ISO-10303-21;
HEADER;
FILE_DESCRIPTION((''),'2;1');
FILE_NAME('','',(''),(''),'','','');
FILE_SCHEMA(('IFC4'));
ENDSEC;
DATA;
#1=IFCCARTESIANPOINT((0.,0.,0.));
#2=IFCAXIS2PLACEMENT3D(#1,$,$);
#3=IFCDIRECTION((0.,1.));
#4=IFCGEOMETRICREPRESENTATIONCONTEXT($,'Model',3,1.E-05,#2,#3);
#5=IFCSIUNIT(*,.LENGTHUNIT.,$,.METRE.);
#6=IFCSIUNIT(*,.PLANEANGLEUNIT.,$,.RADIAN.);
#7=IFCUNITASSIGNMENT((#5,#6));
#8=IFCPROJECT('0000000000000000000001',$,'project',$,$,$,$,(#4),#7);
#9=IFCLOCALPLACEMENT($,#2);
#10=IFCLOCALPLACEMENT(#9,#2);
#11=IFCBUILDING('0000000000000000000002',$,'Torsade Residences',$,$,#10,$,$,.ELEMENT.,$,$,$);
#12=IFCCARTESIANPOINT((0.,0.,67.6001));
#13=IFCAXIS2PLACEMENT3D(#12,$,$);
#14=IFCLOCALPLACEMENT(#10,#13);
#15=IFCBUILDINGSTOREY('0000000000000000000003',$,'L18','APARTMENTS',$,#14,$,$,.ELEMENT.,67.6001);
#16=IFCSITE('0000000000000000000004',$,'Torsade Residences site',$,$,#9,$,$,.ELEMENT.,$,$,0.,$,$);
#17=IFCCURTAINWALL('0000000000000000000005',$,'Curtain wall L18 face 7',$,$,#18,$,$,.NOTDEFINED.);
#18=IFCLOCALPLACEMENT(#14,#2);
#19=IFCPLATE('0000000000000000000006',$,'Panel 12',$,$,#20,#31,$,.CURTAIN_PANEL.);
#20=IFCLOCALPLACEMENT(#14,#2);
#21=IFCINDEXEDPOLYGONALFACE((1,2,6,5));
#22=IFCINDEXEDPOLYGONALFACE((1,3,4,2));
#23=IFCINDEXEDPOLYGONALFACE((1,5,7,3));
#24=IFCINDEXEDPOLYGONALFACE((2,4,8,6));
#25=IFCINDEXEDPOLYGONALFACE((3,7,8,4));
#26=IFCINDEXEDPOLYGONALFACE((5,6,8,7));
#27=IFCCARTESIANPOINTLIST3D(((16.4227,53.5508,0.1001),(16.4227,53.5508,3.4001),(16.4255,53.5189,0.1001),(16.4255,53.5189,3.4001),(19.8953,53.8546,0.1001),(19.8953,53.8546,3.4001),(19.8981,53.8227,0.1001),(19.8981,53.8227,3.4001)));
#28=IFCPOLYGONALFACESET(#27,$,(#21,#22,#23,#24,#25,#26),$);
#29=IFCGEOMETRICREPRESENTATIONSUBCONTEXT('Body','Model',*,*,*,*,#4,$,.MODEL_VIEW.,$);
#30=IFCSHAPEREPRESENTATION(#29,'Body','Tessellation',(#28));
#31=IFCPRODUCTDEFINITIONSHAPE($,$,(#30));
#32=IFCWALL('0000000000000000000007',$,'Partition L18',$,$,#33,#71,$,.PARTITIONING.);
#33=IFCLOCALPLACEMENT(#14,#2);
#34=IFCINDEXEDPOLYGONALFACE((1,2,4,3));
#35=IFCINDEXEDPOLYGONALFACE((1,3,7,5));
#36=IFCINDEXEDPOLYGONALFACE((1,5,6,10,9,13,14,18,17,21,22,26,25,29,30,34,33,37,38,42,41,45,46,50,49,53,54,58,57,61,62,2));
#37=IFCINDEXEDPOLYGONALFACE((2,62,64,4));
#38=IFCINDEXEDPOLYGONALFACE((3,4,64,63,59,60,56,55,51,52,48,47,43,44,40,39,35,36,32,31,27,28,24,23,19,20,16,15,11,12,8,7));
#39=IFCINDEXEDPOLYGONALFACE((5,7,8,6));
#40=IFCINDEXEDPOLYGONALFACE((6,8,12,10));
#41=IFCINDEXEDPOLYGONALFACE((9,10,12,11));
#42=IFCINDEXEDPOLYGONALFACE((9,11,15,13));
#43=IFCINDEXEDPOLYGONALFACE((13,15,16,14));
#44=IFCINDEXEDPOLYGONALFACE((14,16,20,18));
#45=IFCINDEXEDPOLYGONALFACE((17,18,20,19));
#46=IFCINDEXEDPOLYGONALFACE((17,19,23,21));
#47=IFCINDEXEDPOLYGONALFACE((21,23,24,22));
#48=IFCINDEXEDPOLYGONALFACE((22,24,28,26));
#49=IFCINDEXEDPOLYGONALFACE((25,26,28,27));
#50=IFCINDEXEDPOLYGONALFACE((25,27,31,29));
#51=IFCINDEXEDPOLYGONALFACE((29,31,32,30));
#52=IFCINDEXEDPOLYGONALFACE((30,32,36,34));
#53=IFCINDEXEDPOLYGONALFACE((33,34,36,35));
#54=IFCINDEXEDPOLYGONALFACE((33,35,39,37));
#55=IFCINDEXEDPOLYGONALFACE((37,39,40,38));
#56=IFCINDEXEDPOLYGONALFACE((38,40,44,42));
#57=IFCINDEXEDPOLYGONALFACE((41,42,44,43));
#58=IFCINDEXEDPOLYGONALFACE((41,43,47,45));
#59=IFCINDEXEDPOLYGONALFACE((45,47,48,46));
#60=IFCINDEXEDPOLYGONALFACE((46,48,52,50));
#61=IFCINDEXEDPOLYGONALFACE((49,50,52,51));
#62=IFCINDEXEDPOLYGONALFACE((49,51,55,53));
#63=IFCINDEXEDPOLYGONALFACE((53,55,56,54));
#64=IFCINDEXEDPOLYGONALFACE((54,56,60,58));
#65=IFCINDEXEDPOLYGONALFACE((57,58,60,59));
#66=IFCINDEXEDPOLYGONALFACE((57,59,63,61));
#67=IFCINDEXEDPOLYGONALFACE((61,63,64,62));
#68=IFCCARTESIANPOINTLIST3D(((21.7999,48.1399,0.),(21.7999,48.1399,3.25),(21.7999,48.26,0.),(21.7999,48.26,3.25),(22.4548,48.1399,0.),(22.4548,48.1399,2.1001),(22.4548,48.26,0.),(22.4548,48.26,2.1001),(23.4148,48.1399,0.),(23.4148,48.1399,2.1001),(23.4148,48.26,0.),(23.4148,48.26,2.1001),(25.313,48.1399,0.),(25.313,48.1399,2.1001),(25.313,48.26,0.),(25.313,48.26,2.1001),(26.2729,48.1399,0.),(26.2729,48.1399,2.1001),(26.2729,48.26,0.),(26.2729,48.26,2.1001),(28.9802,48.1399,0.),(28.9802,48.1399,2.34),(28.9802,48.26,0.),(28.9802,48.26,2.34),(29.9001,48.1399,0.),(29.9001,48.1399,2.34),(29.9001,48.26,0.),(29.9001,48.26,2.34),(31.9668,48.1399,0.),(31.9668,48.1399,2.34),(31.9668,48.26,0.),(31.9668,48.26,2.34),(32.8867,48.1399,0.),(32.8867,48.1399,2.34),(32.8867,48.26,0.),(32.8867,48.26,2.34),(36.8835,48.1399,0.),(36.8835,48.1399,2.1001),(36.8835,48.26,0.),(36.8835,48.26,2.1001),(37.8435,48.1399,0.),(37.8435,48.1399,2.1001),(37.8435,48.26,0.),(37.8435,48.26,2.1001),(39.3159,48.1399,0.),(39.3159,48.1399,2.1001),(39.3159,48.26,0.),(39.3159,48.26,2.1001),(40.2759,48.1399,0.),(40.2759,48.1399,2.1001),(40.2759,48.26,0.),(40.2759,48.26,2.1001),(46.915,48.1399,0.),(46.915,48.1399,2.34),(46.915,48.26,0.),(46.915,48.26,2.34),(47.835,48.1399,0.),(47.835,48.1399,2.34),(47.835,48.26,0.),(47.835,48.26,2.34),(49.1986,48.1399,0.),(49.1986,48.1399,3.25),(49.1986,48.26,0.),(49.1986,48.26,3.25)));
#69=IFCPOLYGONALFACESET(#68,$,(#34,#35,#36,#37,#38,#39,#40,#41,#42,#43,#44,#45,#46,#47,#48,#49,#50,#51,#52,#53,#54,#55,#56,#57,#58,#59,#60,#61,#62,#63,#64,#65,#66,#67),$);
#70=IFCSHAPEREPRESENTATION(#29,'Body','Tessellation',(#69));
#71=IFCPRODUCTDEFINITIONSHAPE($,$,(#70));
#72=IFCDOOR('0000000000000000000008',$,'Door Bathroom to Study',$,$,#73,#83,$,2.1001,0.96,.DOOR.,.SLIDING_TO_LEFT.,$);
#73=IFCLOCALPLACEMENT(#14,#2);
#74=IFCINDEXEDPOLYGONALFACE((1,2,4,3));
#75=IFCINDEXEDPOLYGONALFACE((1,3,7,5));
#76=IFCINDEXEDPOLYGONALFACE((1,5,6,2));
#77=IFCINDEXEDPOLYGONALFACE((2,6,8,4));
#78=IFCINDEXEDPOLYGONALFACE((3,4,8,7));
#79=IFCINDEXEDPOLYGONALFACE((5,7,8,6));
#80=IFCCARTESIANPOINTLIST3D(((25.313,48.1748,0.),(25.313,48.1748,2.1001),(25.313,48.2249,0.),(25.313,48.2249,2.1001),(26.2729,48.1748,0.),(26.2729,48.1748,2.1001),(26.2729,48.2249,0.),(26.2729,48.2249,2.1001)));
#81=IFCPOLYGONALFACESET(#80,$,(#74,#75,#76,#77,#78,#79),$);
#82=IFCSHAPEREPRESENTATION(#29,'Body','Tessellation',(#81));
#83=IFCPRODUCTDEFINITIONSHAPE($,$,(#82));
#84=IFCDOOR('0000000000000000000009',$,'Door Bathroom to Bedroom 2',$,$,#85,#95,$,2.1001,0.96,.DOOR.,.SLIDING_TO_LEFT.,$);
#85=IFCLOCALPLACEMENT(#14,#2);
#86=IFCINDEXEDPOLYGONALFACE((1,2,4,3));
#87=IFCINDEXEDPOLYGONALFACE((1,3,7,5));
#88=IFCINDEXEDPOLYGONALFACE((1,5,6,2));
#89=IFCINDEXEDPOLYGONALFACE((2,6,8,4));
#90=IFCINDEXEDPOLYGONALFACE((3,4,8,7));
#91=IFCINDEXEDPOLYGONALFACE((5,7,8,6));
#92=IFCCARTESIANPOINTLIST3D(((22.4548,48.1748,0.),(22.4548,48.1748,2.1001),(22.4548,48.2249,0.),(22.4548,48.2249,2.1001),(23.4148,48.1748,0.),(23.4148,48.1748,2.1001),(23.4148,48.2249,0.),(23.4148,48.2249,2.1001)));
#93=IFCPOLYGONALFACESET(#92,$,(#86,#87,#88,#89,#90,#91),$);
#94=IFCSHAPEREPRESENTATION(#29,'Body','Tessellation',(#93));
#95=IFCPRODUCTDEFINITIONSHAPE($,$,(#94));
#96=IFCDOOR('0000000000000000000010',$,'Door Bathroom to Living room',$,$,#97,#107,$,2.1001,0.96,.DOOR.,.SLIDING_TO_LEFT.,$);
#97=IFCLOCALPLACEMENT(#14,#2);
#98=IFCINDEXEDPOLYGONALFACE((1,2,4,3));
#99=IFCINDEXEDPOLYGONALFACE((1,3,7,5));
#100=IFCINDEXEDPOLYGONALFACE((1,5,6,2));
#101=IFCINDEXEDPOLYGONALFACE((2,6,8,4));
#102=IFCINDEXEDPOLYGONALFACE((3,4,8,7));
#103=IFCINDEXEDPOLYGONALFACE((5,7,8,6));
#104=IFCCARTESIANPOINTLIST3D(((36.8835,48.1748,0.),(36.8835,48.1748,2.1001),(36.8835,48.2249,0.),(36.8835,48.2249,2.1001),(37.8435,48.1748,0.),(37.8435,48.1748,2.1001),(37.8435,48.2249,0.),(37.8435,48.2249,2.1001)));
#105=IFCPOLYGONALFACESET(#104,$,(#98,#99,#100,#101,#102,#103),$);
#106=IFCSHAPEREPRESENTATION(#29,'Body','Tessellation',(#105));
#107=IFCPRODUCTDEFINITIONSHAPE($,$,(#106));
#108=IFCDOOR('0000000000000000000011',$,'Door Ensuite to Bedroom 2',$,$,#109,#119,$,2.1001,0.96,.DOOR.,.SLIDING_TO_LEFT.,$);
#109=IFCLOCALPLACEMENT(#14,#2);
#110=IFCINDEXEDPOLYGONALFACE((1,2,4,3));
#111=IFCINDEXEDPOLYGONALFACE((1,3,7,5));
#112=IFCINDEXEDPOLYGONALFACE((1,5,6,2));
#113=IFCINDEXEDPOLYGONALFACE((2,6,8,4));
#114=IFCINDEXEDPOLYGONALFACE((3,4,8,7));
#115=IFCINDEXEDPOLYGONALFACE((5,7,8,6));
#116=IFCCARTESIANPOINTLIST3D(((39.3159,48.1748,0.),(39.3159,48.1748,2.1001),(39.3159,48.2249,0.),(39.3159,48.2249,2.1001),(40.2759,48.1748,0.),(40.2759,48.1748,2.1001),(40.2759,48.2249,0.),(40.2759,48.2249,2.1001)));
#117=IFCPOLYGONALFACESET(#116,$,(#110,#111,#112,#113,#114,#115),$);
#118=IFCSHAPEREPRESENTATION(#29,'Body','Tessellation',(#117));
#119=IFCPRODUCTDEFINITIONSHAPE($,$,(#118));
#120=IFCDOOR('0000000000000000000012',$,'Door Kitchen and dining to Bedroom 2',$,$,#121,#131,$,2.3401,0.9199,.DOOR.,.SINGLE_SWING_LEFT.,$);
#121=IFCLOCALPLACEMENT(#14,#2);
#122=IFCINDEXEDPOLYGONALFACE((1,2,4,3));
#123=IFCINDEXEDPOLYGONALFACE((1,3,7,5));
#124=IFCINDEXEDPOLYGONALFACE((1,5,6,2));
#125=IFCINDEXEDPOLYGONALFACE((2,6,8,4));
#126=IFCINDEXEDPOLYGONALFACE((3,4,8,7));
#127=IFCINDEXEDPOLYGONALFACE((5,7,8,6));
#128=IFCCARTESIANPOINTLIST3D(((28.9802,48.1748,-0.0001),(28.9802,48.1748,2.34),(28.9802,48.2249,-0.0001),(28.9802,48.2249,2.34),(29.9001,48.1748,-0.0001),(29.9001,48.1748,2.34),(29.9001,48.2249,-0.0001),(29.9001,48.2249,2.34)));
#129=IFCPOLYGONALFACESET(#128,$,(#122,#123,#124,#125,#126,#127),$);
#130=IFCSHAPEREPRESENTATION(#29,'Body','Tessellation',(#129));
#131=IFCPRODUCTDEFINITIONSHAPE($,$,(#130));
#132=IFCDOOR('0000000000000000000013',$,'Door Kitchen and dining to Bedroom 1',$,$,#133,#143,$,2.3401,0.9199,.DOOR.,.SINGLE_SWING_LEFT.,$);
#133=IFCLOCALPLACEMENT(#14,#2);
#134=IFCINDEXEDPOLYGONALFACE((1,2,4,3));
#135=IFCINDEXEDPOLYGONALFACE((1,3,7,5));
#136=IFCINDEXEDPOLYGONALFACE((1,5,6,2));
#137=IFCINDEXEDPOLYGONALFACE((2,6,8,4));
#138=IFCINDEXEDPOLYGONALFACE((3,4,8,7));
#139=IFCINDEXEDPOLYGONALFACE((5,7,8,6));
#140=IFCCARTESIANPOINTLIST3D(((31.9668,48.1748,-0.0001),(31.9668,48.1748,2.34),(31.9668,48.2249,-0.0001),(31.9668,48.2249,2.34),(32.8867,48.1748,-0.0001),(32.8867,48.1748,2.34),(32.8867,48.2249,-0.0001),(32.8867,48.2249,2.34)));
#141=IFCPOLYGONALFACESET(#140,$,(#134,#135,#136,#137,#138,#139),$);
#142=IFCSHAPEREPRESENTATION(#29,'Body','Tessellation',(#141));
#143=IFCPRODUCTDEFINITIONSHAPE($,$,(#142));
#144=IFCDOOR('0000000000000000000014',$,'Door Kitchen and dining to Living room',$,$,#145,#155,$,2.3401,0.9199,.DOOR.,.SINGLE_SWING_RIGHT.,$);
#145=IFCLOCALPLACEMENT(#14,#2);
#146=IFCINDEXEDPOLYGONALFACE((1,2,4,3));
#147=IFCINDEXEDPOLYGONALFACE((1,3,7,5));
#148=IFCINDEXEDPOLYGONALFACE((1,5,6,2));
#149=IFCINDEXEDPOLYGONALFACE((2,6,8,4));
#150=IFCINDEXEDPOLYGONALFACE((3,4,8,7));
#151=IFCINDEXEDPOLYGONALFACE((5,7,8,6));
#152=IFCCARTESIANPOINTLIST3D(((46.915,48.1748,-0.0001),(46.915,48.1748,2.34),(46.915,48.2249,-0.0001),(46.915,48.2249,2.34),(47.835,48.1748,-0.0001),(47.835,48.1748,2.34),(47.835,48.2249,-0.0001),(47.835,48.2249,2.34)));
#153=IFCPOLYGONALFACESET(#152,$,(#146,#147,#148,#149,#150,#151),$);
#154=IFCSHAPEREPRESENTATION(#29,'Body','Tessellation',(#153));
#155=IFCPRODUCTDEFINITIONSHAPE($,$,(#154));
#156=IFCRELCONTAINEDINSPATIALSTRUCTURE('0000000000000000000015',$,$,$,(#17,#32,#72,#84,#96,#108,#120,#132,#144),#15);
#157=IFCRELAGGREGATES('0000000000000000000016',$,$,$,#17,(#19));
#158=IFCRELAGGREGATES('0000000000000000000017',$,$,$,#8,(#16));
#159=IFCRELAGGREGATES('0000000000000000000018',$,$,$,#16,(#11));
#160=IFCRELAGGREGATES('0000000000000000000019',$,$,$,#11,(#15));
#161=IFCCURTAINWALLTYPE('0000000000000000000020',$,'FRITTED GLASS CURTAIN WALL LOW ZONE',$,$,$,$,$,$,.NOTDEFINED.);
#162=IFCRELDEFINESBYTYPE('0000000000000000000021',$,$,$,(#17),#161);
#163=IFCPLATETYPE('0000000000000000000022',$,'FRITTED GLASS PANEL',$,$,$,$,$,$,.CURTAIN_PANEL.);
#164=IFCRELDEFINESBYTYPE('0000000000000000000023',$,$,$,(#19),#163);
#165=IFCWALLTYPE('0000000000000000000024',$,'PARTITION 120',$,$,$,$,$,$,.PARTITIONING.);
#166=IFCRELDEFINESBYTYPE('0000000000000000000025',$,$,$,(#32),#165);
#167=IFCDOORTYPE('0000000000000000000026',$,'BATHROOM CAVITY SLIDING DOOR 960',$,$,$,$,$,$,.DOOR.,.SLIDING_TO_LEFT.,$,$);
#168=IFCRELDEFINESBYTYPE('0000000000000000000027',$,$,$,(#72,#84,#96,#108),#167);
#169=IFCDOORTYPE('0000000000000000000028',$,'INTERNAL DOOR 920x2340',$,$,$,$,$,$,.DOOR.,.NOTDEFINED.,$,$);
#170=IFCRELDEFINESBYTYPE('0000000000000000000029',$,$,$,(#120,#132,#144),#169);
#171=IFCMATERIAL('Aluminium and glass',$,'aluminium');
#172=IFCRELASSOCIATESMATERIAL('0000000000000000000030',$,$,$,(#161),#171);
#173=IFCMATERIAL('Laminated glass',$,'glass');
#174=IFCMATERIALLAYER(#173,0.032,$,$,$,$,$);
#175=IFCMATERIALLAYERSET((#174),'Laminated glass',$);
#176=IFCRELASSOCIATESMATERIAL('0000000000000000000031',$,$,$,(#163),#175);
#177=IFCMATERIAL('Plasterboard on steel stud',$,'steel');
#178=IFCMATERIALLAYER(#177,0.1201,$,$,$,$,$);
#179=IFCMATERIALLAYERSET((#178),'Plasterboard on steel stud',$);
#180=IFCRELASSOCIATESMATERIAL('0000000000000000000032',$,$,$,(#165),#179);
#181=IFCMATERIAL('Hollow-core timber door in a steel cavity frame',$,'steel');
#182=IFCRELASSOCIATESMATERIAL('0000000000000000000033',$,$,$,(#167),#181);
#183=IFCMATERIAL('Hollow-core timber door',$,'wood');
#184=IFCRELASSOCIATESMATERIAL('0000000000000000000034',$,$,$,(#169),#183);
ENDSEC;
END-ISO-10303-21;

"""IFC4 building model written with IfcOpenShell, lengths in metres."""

from ifc_helpers import new_model, si_unit, direction, frame, frame_2d, origin, origin_2d, place, context, subcontext, project, spatial, rectangle, extrude, material, layer, layer_set, type_object, element, fill, aggregate, save


model = new_model("IFC4")

# Units and contexts
model_context = context("Model", 3, precision=1e-05, world=origin(), true_north=direction((0.0, 1.0)))
body_context = subcontext(model_context, "Body", "Model", "MODEL_VIEW")
ifc_project = project(units=[si_unit("LENGTHUNIT", "METRE"), si_unit("PLANEANGLEUNIT", "RADIAN")], contexts=[model_context])

# Site, building, storey
site_placement = place(None, origin())
site = spatial("IfcSite", under=ifc_project, at=site_placement, Name="Torsade Residences site", CompositionType="ELEMENT", RefElevation=0.0)
building_placement = place(site_placement, origin())
building = spatial("IfcBuilding", under=site, at=building_placement, Name="Torsade Residences", CompositionType="ELEMENT")
storey_placement = place(building_placement, frame((0.0, 0.0, 67.6001)))
storey = spatial("IfcBuildingStorey", under=building, at=storey_placement, Name="L18", Description="APARTMENTS", CompositionType="ELEMENT", Elevation=67.6001)

# Curtain wall
ifc_material_1 = material(Name="Aluminium and glass", Category="aluminium")
curtain_wall_type = type_object("IfcCurtainWallType", Name="FRITTED GLASS CURTAIN WALL LOW ZONE", PredefinedType="NOTDEFINED", material=ifc_material_1)
curtain_wall_placement = place(storey_placement, origin())
curtain_wall = element("IfcCurtainWall", 1, at=curtain_wall_placement, inside=storey, type_object=curtain_wall_type, Name="Curtain wall L18 face 7", PredefinedType="NOTDEFINED")

# Plate
ifc_material_2 = material(Name="Laminated glass", Category="glass")
ifc_layer_1 = layer(ifc_material_2, 0.032)
ifc_layer_set_1 = layer_set([ifc_layer_1], Name="Laminated glass")
plate_type = type_object("IfcPlateType", Name="FRITTED GLASS PANEL", PredefinedType="CURTAIN_PANEL", material=ifc_layer_set_1)
plate_1_placement = place(storey_placement, frame((18.1604, 53.6868, 0.1001), z_axis=(0.0, 0.0, 1.0), x_axis=(-0.996195, -0.087156, 0.0)))
plate_1 = element("IfcPlate", 2, at=plate_1_placement, type_object=plate_type, Name="Panel 12", PredefinedType="CURTAIN_PANEL", context=body_context, shape_type="SweptSolid", body=[
    extrude(rectangle(XDim=3.4858, YDim=0.032, at=origin_2d()), origin(), (0.0, 0.0, 1.0), 3.3),
])
aggregate(curtain_wall, [plate_1])

# Wall, openings, doors
ifc_material_3 = material(Name="Plasterboard on steel stud", Category="steel")
ifc_layer_2 = layer(ifc_material_3, 0.1201)
ifc_layer_set_2 = layer_set([ifc_layer_2], Name="Plasterboard on steel stud")
wall_type_1 = type_object("IfcWallType", Name="PARTITION 120", PredefinedType="PARTITIONING", material=ifc_layer_set_2)
wall_1_placement = place(storey_placement, frame((21.8, 48.2, 0.0), z_axis=(0.0, 0.0, 1.0), x_axis=(1.0, 0.0, 0.0)))
wall_1 = element("IfcWall", 3, at=wall_1_placement, inside=storey, type_object=wall_type_1, Name="Partition L18", PredefinedType="PARTITIONING", context=body_context, shape_type="SweptSolid", body=[
    extrude(rectangle(XDim=27.3987, YDim=0.1201, at=frame_2d((13.6992, 0.0))), origin(), (0.0, 0.0, 1.0), 3.25),
])
opening_1_placement = place(wall_1_placement, frame((7.1802, 0.0, 0.0)))
opening_1 = element("IfcOpeningElement", 4, at=opening_1_placement, cuts=wall_1, PredefinedType="OPENING", context=body_context, shape_type="SweptSolid", body=[
    extrude(rectangle(XDim=0.9199, YDim=2.3401, at=frame_2d((0.46, 1.1699))), frame((0.0, 0.0701, 0.0), z_axis=(0.0, -1.0, 0.0), x_axis=(1.0, 0.0, 0.0)), (0.0, 0.0, 1.0), 0.1401),
])
opening_2_placement = place(wall_1_placement, frame((10.1667, 0.0, 0.0)))
opening_2 = element("IfcOpeningElement", 5, at=opening_2_placement, cuts=wall_1, PredefinedType="OPENING", context=body_context, shape_type="SweptSolid", body=[
    extrude(rectangle(XDim=0.9199, YDim=2.3401, at=frame_2d((0.46, 1.1699))), frame((0.0, 0.0701, 0.0), z_axis=(0.0, -1.0, 0.0), x_axis=(1.0, 0.0, 0.0)), (0.0, 0.0, 1.0), 0.1401),
])
opening_3_placement = place(wall_1_placement, frame((25.115, 0.0, 0.0)))
opening_3 = element("IfcOpeningElement", 6, at=opening_3_placement, cuts=wall_1, PredefinedType="OPENING", context=body_context, shape_type="SweptSolid", body=[
    extrude(rectangle(XDim=0.9199, YDim=2.3401, at=frame_2d((0.46, 1.1699))), frame((0.0, 0.0701, 0.0), z_axis=(0.0, -1.0, 0.0), x_axis=(1.0, 0.0, 0.0)), (0.0, 0.0, 1.0), 0.1401),
])
opening_4_placement = place(wall_1_placement, frame((3.5129, 0.0, 0.0)))
opening_4 = element("IfcOpeningElement", 7, at=opening_4_placement, cuts=wall_1, PredefinedType="OPENING", context=body_context, shape_type="SweptSolid", body=[
    extrude(rectangle(XDim=0.96, YDim=2.1001, at=frame_2d((0.48, 1.05))), frame((0.0, 0.0701, 0.0), z_axis=(0.0, -1.0, 0.0), x_axis=(1.0, 0.0, 0.0)), (0.0, 0.0, 1.0), 0.1401),
])
opening_5_placement = place(wall_1_placement, frame((0.6548, 0.0, 0.0)))
opening_5 = element("IfcOpeningElement", 8, at=opening_5_placement, cuts=wall_1, PredefinedType="OPENING", context=body_context, shape_type="SweptSolid", body=[
    extrude(rectangle(XDim=0.96, YDim=2.1001, at=frame_2d((0.48, 1.05))), frame((0.0, 0.0701, 0.0), z_axis=(0.0, -1.0, 0.0), x_axis=(1.0, 0.0, 0.0)), (0.0, 0.0, 1.0), 0.1401),
])
opening_6_placement = place(wall_1_placement, frame((15.0835, 0.0, 0.0)))
opening_6 = element("IfcOpeningElement", 9, at=opening_6_placement, cuts=wall_1, PredefinedType="OPENING", context=body_context, shape_type="SweptSolid", body=[
    extrude(rectangle(XDim=0.96, YDim=2.1001, at=frame_2d((0.48, 1.05))), frame((0.0, 0.0701, 0.0), z_axis=(0.0, -1.0, 0.0), x_axis=(1.0, 0.0, 0.0)), (0.0, 0.0, 1.0), 0.1401),
])
opening_7_placement = place(wall_1_placement, frame((17.5159, 0.0, 0.0)))
opening_7 = element("IfcOpeningElement", 10, at=opening_7_placement, cuts=wall_1, PredefinedType="OPENING", context=body_context, shape_type="SweptSolid", body=[
    extrude(rectangle(XDim=0.96, YDim=2.1001, at=frame_2d((0.48, 1.05))), frame((0.0, 0.0701, 0.0), z_axis=(0.0, -1.0, 0.0), x_axis=(1.0, 0.0, 0.0)), (0.0, 0.0, 1.0), 0.1401),
])
ifc_material_4 = material(Name="Hollow-core timber door in a steel cavity frame", Category="steel")
door_type_1 = type_object("IfcDoorType", Name="BATHROOM CAVITY SLIDING DOOR 960", OperationType="SLIDING_TO_LEFT", PredefinedType="DOOR", material=ifc_material_4)
door_1_placement = place(opening_4_placement, origin())
door_1 = element("IfcDoor", 11, at=door_1_placement, inside=storey, type_object=door_type_1, Name="Door Bathroom to Study", OperationType="SLIDING_TO_LEFT", OverallHeight=2.1001, OverallWidth=0.96, PredefinedType="DOOR", context=body_context, shape_type="SweptSolid", body=[
    extrude(rectangle(XDim=0.96, YDim=2.1001, at=frame_2d((0.48, 1.05))), frame((0.0, 0.0249, 0.0), z_axis=(0.0, -1.0, 0.0), x_axis=(1.0, 0.0, 0.0)), (0.0, 0.0, 1.0), 0.05),
])
fill(opening_4, door_1)
door_2_placement = place(opening_5_placement, origin())
door_2 = element("IfcDoor", 12, at=door_2_placement, inside=storey, type_object=door_type_1, Name="Door Bathroom to Bedroom 2", OperationType="SLIDING_TO_LEFT", OverallHeight=2.1001, OverallWidth=0.96, PredefinedType="DOOR", context=body_context, shape_type="SweptSolid", body=[
    extrude(rectangle(XDim=0.96, YDim=2.1001, at=frame_2d((0.48, 1.05))), frame((0.0, 0.0249, 0.0), z_axis=(0.0, -1.0, 0.0), x_axis=(1.0, 0.0, 0.0)), (0.0, 0.0, 1.0), 0.05),
])
fill(opening_5, door_2)
door_3_placement = place(opening_6_placement, origin())
door_3 = element("IfcDoor", 13, at=door_3_placement, inside=storey, type_object=door_type_1, Name="Door Bathroom to Living room", OperationType="SLIDING_TO_LEFT", OverallHeight=2.1001, OverallWidth=0.96, PredefinedType="DOOR", context=body_context, shape_type="SweptSolid", body=[
    extrude(rectangle(XDim=0.96, YDim=2.1001, at=frame_2d((0.48, 1.05))), frame((0.0, 0.0249, 0.0), z_axis=(0.0, -1.0, 0.0), x_axis=(1.0, 0.0, 0.0)), (0.0, 0.0, 1.0), 0.05),
])
fill(opening_6, door_3)
door_4_placement = place(opening_7_placement, origin())
door_4 = element("IfcDoor", 14, at=door_4_placement, inside=storey, type_object=door_type_1, Name="Door Ensuite to Bedroom 2", OperationType="SLIDING_TO_LEFT", OverallHeight=2.1001, OverallWidth=0.96, PredefinedType="DOOR", context=body_context, shape_type="SweptSolid", body=[
    extrude(rectangle(XDim=0.96, YDim=2.1001, at=frame_2d((0.48, 1.05))), frame((0.0, 0.0249, 0.0), z_axis=(0.0, -1.0, 0.0), x_axis=(1.0, 0.0, 0.0)), (0.0, 0.0, 1.0), 0.05),
])
fill(opening_7, door_4)
ifc_material_5 = material(Name="Hollow-core timber door", Category="wood")
door_type_2 = type_object("IfcDoorType", Name="INTERNAL DOOR 920x2340", OperationType="NOTDEFINED", PredefinedType="DOOR", material=ifc_material_5)
door_5_placement = place(opening_1_placement, origin())
door_5 = element("IfcDoor", 15, at=door_5_placement, inside=storey, type_object=door_type_2, Name="Door Kitchen and dining to Bedroom 2", OperationType="SINGLE_SWING_LEFT", OverallHeight=2.3401, OverallWidth=0.9199, PredefinedType="DOOR", context=body_context, shape_type="SweptSolid", body=[
    extrude(rectangle(XDim=0.9199, YDim=2.3401, at=frame_2d((0.46, 1.1699))), frame((0.0, 0.0249, 0.0), z_axis=(0.0, -1.0, 0.0), x_axis=(1.0, 0.0, 0.0)), (0.0, 0.0, 1.0), 0.05),
])
fill(opening_1, door_5)
door_6_placement = place(opening_2_placement, origin())
door_6 = element("IfcDoor", 16, at=door_6_placement, inside=storey, type_object=door_type_2, Name="Door Kitchen and dining to Bedroom 1", OperationType="SINGLE_SWING_LEFT", OverallHeight=2.3401, OverallWidth=0.9199, PredefinedType="DOOR", context=body_context, shape_type="SweptSolid", body=[
    extrude(rectangle(XDim=0.9199, YDim=2.3401, at=frame_2d((0.46, 1.1699))), frame((0.0, 0.0249, 0.0), z_axis=(0.0, -1.0, 0.0), x_axis=(1.0, 0.0, 0.0)), (0.0, 0.0, 1.0), 0.05),
])
fill(opening_2, door_6)
door_7_placement = place(opening_3_placement, origin())
door_7 = element("IfcDoor", 17, at=door_7_placement, inside=storey, type_object=door_type_2, Name="Door Kitchen and dining to Living room", OperationType="SINGLE_SWING_RIGHT", OverallHeight=2.3401, OverallWidth=0.9199, PredefinedType="DOOR", context=body_context, shape_type="SweptSolid", body=[
    extrude(rectangle(XDim=0.9199, YDim=2.3401, at=frame_2d((0.46, 1.1699))), frame((0.0, 0.0249, 0.0), z_axis=(0.0, -1.0, 0.0), x_axis=(1.0, 0.0, 0.0)), (0.0, 0.0, 1.0), 0.05),
])
fill(opening_3, door_7)

save(model, "model.ifc")
